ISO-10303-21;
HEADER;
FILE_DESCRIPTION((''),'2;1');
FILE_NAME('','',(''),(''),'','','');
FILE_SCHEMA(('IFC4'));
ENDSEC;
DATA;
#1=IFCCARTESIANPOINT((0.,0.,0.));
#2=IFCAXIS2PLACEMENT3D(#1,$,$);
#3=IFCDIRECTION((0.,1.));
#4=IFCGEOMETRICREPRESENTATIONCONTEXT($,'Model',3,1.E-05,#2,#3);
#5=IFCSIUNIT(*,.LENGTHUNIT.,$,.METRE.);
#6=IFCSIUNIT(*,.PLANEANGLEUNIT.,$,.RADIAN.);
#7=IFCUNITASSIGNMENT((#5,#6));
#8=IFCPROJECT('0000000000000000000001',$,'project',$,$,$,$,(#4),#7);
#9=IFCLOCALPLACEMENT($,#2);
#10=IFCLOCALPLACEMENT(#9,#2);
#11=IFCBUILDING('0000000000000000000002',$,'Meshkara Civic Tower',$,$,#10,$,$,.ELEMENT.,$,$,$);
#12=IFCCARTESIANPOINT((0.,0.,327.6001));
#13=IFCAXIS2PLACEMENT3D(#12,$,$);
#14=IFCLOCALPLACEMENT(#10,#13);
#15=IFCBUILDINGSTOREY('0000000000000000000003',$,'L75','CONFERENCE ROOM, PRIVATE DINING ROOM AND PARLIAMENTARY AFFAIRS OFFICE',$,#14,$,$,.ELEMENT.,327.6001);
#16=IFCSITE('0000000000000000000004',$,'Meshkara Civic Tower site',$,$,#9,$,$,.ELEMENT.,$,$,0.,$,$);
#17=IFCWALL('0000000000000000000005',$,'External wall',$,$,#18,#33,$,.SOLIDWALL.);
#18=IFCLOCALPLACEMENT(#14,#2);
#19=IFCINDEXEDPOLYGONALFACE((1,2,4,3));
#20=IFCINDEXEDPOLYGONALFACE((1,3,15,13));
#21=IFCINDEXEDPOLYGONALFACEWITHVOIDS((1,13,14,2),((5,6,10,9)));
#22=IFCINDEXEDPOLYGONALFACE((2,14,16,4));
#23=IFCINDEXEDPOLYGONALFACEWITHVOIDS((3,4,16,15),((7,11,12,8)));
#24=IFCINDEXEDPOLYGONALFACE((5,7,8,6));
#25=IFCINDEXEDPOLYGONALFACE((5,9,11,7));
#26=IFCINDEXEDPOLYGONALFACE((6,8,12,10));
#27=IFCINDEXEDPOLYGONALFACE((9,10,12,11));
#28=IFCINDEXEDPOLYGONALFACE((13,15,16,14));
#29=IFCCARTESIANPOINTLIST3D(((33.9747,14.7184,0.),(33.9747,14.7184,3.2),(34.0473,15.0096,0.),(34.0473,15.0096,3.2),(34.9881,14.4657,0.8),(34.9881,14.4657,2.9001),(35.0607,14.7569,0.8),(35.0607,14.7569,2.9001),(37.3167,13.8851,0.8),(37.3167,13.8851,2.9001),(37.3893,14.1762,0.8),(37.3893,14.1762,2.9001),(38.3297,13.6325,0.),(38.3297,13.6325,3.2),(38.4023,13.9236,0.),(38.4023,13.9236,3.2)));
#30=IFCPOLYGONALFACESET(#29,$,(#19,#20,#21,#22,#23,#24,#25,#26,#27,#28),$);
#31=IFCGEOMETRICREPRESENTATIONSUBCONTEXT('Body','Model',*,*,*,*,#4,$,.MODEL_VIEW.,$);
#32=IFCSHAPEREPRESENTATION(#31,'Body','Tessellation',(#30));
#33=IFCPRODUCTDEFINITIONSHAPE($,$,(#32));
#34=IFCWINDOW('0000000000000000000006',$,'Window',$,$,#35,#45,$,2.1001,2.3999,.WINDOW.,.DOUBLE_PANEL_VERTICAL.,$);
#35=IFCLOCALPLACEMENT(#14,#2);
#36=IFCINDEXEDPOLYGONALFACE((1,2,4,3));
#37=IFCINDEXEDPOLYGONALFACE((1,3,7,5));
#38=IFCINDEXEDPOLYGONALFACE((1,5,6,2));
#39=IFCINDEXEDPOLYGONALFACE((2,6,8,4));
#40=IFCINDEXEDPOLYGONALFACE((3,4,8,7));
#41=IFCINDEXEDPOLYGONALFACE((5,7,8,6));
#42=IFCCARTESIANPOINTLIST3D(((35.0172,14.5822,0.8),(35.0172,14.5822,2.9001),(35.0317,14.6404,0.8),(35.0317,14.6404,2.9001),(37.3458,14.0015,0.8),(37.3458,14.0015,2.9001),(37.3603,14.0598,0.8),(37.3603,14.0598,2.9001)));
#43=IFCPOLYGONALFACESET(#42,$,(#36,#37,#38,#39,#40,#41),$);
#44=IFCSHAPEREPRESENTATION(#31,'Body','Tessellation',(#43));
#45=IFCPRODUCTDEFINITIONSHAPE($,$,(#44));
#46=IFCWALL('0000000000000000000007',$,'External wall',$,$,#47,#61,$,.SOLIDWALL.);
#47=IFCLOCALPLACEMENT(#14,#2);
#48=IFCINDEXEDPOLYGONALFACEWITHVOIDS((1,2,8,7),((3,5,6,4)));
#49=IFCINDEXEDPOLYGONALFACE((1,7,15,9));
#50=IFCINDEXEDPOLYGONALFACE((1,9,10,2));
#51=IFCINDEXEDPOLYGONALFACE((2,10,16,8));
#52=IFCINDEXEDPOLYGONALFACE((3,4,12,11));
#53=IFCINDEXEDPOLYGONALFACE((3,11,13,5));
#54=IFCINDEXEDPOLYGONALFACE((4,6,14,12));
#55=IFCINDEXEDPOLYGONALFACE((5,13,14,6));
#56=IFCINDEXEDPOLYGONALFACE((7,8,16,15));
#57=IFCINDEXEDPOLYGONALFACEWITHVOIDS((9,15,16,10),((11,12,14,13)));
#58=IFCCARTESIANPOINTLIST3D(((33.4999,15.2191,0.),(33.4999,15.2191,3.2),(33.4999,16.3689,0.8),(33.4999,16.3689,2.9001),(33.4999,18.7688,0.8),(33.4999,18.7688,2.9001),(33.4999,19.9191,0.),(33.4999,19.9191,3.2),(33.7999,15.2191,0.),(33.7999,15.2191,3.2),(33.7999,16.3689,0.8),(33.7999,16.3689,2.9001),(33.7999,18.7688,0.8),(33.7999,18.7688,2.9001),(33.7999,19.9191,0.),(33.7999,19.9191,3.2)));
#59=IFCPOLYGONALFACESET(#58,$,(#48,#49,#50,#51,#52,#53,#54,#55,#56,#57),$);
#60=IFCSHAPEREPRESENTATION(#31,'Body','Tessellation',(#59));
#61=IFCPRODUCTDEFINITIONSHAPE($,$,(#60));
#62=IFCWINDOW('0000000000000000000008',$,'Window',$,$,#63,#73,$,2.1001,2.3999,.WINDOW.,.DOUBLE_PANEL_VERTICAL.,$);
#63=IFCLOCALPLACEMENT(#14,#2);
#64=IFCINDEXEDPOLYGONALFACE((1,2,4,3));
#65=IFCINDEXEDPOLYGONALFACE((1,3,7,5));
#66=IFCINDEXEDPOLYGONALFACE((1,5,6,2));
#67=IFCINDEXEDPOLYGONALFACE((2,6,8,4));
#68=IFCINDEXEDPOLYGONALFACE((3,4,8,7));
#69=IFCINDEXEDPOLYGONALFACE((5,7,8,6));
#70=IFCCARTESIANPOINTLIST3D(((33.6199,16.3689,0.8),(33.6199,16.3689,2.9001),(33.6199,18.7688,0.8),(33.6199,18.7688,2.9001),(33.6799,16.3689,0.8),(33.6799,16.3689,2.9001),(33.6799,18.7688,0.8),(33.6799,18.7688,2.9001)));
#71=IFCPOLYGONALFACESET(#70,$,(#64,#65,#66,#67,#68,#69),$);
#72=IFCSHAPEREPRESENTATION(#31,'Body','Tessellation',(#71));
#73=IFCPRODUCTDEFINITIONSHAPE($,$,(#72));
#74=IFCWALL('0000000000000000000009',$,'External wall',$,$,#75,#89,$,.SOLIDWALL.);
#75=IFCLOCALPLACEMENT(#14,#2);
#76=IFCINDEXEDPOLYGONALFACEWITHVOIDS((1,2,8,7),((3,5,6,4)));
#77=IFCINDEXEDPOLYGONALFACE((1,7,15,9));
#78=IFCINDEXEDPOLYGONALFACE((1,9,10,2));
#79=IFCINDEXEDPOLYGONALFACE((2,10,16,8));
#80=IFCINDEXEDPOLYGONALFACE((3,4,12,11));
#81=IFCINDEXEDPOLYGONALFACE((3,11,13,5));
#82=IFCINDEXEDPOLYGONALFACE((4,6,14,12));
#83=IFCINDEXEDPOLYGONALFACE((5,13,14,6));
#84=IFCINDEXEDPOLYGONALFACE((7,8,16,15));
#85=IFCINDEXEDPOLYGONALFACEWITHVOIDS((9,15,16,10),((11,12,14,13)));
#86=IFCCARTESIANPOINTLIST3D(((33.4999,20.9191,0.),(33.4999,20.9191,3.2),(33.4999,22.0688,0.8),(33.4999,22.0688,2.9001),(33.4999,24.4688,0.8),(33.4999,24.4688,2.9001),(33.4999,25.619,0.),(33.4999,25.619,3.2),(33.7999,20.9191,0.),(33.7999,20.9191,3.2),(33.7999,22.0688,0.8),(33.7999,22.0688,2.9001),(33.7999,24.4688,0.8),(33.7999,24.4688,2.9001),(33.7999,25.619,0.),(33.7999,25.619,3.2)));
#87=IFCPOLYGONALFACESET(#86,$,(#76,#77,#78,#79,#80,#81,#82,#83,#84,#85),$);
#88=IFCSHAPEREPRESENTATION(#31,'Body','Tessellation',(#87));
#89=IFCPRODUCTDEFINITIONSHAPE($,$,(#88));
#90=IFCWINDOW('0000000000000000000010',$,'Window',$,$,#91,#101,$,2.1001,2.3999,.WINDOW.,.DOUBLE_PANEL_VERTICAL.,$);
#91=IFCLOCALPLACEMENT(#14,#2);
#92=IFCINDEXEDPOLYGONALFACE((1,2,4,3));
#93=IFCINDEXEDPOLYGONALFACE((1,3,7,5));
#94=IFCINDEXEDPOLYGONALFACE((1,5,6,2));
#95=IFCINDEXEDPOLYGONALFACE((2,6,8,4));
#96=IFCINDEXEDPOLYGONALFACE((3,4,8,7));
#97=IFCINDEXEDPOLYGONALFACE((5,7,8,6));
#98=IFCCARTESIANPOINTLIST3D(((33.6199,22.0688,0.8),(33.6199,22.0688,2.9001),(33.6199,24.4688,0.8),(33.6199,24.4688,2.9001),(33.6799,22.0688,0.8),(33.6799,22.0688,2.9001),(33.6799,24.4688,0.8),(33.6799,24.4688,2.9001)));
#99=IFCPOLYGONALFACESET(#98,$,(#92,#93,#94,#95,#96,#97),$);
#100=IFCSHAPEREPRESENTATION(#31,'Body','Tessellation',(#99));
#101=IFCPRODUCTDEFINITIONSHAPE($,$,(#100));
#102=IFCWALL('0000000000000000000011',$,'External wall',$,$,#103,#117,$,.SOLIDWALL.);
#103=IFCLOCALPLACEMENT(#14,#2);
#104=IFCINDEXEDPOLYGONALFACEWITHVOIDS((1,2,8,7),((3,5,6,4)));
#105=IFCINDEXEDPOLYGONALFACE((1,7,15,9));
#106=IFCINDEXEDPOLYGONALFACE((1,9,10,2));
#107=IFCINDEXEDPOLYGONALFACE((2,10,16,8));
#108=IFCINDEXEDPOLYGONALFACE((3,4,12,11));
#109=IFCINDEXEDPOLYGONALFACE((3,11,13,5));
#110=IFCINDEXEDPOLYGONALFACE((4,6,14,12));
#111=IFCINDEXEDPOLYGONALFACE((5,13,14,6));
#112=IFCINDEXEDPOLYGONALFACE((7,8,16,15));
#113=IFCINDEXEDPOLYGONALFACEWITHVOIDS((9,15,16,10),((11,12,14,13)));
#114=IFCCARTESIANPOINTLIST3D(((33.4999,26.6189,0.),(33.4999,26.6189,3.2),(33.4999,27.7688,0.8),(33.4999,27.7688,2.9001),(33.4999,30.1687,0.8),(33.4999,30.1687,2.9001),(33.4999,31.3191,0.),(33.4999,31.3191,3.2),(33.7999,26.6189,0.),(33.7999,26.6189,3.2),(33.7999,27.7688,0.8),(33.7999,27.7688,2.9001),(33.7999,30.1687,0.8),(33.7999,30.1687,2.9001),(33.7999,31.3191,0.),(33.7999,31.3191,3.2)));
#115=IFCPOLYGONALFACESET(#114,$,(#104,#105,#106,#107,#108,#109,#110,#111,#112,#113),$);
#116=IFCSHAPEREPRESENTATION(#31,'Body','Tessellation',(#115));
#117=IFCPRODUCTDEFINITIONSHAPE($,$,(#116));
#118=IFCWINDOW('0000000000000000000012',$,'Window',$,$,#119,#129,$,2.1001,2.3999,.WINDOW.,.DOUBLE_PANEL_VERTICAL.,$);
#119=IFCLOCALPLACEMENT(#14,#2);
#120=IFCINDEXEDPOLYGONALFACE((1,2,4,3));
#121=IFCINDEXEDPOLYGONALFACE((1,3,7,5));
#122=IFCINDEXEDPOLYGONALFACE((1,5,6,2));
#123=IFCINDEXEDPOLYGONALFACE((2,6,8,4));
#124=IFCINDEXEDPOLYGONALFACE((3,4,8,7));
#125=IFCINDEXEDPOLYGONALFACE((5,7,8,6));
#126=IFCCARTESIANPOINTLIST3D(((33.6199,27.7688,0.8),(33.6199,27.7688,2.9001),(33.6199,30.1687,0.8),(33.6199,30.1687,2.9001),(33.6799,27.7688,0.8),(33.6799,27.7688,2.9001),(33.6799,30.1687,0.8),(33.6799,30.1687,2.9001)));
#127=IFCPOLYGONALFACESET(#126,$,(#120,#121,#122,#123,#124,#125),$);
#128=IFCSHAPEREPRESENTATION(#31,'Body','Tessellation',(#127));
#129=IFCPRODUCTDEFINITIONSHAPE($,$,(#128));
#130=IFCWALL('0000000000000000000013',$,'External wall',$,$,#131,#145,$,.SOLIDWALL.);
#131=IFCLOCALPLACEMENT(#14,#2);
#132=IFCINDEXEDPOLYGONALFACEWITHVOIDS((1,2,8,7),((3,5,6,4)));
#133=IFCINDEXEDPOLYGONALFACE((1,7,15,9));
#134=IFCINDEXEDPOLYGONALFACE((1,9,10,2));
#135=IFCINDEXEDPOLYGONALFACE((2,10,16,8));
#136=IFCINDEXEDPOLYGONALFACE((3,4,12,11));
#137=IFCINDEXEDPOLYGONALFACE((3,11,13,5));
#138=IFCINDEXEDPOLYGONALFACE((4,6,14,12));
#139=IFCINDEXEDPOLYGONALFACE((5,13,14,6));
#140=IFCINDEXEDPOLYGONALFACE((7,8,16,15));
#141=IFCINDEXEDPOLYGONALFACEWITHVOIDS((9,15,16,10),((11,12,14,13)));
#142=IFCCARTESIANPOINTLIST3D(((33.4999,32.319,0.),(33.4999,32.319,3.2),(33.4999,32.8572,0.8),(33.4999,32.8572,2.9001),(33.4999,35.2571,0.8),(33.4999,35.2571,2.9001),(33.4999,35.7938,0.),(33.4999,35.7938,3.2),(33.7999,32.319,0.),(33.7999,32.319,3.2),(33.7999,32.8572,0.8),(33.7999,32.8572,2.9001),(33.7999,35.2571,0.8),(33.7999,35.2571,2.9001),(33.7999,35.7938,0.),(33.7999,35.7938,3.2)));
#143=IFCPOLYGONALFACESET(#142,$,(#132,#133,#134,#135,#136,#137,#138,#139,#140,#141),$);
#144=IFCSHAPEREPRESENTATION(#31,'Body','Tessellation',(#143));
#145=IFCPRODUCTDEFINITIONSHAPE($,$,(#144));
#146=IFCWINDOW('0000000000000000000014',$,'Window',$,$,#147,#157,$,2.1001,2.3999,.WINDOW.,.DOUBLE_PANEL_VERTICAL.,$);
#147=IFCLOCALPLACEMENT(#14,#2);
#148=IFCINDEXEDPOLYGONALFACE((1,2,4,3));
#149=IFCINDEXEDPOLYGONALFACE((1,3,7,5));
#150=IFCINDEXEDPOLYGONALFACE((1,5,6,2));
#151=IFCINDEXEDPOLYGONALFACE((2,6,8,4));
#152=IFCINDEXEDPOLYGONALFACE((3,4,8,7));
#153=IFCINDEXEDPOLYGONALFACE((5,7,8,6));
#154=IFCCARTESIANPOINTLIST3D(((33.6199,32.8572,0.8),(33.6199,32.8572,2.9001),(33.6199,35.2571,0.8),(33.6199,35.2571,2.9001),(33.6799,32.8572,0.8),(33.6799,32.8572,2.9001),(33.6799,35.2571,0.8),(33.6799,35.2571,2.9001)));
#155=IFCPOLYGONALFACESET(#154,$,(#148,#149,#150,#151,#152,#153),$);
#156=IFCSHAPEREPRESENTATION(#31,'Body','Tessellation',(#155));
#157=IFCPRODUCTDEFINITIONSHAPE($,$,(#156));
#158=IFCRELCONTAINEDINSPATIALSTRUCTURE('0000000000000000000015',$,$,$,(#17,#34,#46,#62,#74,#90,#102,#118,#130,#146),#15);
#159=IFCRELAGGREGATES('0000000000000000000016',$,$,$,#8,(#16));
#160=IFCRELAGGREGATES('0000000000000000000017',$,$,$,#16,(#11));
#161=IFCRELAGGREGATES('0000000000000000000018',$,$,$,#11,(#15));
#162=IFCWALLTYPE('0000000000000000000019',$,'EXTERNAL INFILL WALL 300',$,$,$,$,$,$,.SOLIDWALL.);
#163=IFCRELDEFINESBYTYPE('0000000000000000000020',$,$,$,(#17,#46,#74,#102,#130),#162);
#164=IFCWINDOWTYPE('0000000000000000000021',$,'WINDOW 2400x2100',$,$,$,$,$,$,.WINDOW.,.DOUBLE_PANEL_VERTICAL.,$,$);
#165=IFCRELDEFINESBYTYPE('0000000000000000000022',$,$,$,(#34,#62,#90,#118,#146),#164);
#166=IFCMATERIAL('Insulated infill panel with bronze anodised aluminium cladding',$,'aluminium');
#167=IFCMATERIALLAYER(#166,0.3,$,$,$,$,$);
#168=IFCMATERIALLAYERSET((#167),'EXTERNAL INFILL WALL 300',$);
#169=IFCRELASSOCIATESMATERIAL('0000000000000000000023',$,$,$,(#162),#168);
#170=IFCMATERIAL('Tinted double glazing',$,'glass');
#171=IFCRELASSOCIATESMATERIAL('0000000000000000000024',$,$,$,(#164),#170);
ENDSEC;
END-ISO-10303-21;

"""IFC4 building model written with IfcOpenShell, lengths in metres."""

from ifc_helpers import new_model, si_unit, direction, frame, frame_2d, origin, place, context, subcontext, project, spatial, rectangle, extrude, material, layer, layer_set, type_object, element, fill, save


model = new_model("IFC4")

# Units and contexts
model_context = context("Model", 3, precision=1e-05, world=origin(), true_north=direction((0.0, 1.0)))
body_context = subcontext(model_context, "Body", "Model", "MODEL_VIEW")
ifc_project = project(units=[si_unit("LENGTHUNIT", "METRE"), si_unit("PLANEANGLEUNIT", "RADIAN")], contexts=[model_context])

# Site, building, storey
site_placement = place(None, origin())
site = spatial("IfcSite", under=ifc_project, at=site_placement, Name="Meshkara Civic Tower site", CompositionType="ELEMENT", RefElevation=0.0)
building_placement = place(site_placement, origin())
building = spatial("IfcBuilding", under=site, at=building_placement, Name="Meshkara Civic Tower", CompositionType="ELEMENT")
storey_placement = place(building_placement, frame((0.0, 0.0, 327.6001)))
storey = spatial("IfcBuildingStorey", under=building, at=storey_placement, Name="L75", Description="CONFERENCE ROOM, PRIVATE DINING ROOM AND PARLIAMENTARY AFFAIRS OFFICE", CompositionType="ELEMENT", Elevation=327.6001)

# Walls, openings, windows
ifc_material_1 = material(Name="Insulated infill panel with bronze anodised aluminium cladding", Category="aluminium")
ifc_layer_1 = layer(ifc_material_1, 0.3)
ifc_layer_set_1 = layer_set([ifc_layer_1], Name="EXTERNAL INFILL WALL 300")
wall_type_1 = type_object("IfcWallType", Name="EXTERNAL INFILL WALL 300", PredefinedType="SOLIDWALL", material=ifc_layer_set_1)
ifc_material_2 = material(Name="Tinted double glazing", Category="glass")
window_type = type_object("IfcWindowType", Name="WINDOW 2400x2100", PartitioningType="DOUBLE_PANEL_VERTICAL", PredefinedType="WINDOW", material=ifc_material_2)
wall_1_placement = place(storey_placement, frame((38.366, 13.7781, 0.0), z_axis=(0.0, 0.0, 1.0), x_axis=(-0.97029, 0.241947, 0.0)))
wall_1 = element("IfcWall", 1, at=wall_1_placement, inside=storey, type_object=wall_type_1, Name="External wall", PredefinedType="SOLIDWALL", context=body_context, shape_type="SweptSolid", body=[
    extrude(rectangle(XDim=4.4883, YDim=0.3, at=frame_2d((2.2441, 0.0))), origin(), (0.0, 0.0, 1.0), 3.2),
])
opening_1_placement = place(wall_1_placement, frame((1.0439, 0.0, 0.8)))
opening_1 = element("IfcOpeningElement", 2, at=opening_1_placement, cuts=wall_1, PredefinedType="OPENING", context=body_context, shape_type="SweptSolid", body=[
    extrude(rectangle(XDim=2.3999, YDim=2.1001, at=frame_2d((1.2, 1.05))), frame((0.0, 0.1599, 0.0), z_axis=(0.0, -1.0, 0.0), x_axis=(1.0, 0.0, 0.0)), (0.0, 0.0, 1.0), 0.3201),
])
window_1_placement = place(opening_1_placement, origin())
window_1 = element("IfcWindow", 3, at=window_1_placement, inside=storey, type_object=window_type, Name="Window", OverallHeight=2.1001, OverallWidth=2.3999, PartitioningType="DOUBLE_PANEL_VERTICAL", PredefinedType="WINDOW", context=body_context, shape_type="SweptSolid", body=[
    extrude(rectangle(XDim=2.3999, YDim=2.1001, at=frame_2d((1.2, 1.05))), frame((0.0, 0.03, 0.0), z_axis=(0.0, -1.0, 0.0), x_axis=(1.0, 0.0, 0.0)), (0.0, 0.0, 1.0), 0.0601),
])
fill(opening_1, window_1)
wall_2_placement = place(storey_placement, frame((33.6499, 15.219, 0.0), z_axis=(0.0, 0.0, 1.0), x_axis=(0.0, 1.0, 0.0)))
wall_2 = element("IfcWall", 4, at=wall_2_placement, inside=storey, type_object=wall_type_1, Name="External wall", PredefinedType="SOLIDWALL", context=body_context, shape_type="SweptSolid", body=[
    extrude(rectangle(XDim=4.7, YDim=0.3, at=frame_2d((2.3501, 0.0))), origin(), (0.0, 0.0, 1.0), 3.2),
])
opening_2_placement = place(wall_2_placement, frame((1.1499, 0.0, 0.8)))
opening_2 = element("IfcOpeningElement", 5, at=opening_2_placement, cuts=wall_2, PredefinedType="OPENING", context=body_context, shape_type="SweptSolid", body=[
    extrude(rectangle(XDim=2.3999, YDim=2.1001, at=frame_2d((1.2, 1.05))), frame((0.0, 0.1599, 0.0), z_axis=(0.0, -1.0, 0.0), x_axis=(1.0, 0.0, 0.0)), (0.0, 0.0, 1.0), 0.3201),
])
window_2_placement = place(opening_2_placement, origin())
window_2 = element("IfcWindow", 6, at=window_2_placement, inside=storey, type_object=window_type, Name="Window", OverallHeight=2.1001, OverallWidth=2.3999, PartitioningType="DOUBLE_PANEL_VERTICAL", PredefinedType="WINDOW", context=body_context, shape_type="SweptSolid", body=[
    extrude(rectangle(XDim=2.3999, YDim=2.1001, at=frame_2d((1.2, 1.05))), frame((0.0, 0.03, 0.0), z_axis=(0.0, -1.0, 0.0), x_axis=(1.0, 0.0, 0.0)), (0.0, 0.0, 1.0), 0.0601),
])
fill(opening_2, window_2)
wall_3_placement = place(storey_placement, frame((33.6499, 20.9189, 0.0), z_axis=(0.0, 0.0, 1.0), x_axis=(0.0, 1.0, 0.0)))
wall_3 = element("IfcWall", 7, at=wall_3_placement, inside=storey, type_object=wall_type_1, Name="External wall", PredefinedType="SOLIDWALL", context=body_context, shape_type="SweptSolid", body=[
    extrude(rectangle(XDim=4.7, YDim=0.3, at=frame_2d((2.3501, 0.0))), origin(), (0.0, 0.0, 1.0), 3.2),
])
opening_3_placement = place(wall_3_placement, frame((1.1499, 0.0, 0.8)))
opening_3 = element("IfcOpeningElement", 8, at=opening_3_placement, cuts=wall_3, PredefinedType="OPENING", context=body_context, shape_type="SweptSolid", body=[
    extrude(rectangle(XDim=2.3999, YDim=2.1001, at=frame_2d((1.2, 1.05))), frame((0.0, 0.1599, 0.0), z_axis=(0.0, -1.0, 0.0), x_axis=(1.0, 0.0, 0.0)), (0.0, 0.0, 1.0), 0.3201),
])
window_3_placement = place(opening_3_placement, origin())
window_3 = element("IfcWindow", 9, at=window_3_placement, inside=storey, type_object=window_type, Name="Window", OverallHeight=2.1001, OverallWidth=2.3999, PartitioningType="DOUBLE_PANEL_VERTICAL", PredefinedType="WINDOW", context=body_context, shape_type="SweptSolid", body=[
    extrude(rectangle(XDim=2.3999, YDim=2.1001, at=frame_2d((1.2, 1.05))), frame((0.0, 0.03, 0.0), z_axis=(0.0, -1.0, 0.0), x_axis=(1.0, 0.0, 0.0)), (0.0, 0.0, 1.0), 0.0601),
])
fill(opening_3, window_3)
wall_4_placement = place(storey_placement, frame((33.6499, 26.6189, 0.0), z_axis=(0.0, 0.0, 1.0), x_axis=(0.0, 1.0, 0.0)))
wall_4 = element("IfcWall", 10, at=wall_4_placement, inside=storey, type_object=wall_type_1, Name="External wall", PredefinedType="SOLIDWALL", context=body_context, shape_type="SweptSolid", body=[
    extrude(rectangle(XDim=4.7002, YDim=0.3, at=frame_2d((2.3501, 0.0))), origin(), (0.0, 0.0, 1.0), 3.2),
])
opening_4_placement = place(wall_4_placement, frame((1.1499, 0.0, 0.8)))
opening_4 = element("IfcOpeningElement", 11, at=opening_4_placement, cuts=wall_4, PredefinedType="OPENING", context=body_context, shape_type="SweptSolid", body=[
    extrude(rectangle(XDim=2.3999, YDim=2.1001, at=frame_2d((1.2, 1.05))), frame((0.0, 0.1599, 0.0), z_axis=(0.0, -1.0, 0.0), x_axis=(1.0, 0.0, 0.0)), (0.0, 0.0, 1.0), 0.3201),
])
window_4_placement = place(opening_4_placement, origin())
window_4 = element("IfcWindow", 12, at=window_4_placement, inside=storey, type_object=window_type, Name="Window", OverallHeight=2.1001, OverallWidth=2.3999, PartitioningType="DOUBLE_PANEL_VERTICAL", PredefinedType="WINDOW", context=body_context, shape_type="SweptSolid", body=[
    extrude(rectangle(XDim=2.3999, YDim=2.1001, at=frame_2d((1.2, 1.05))), frame((0.0, 0.03, 0.0), z_axis=(0.0, -1.0, 0.0), x_axis=(1.0, 0.0, 0.0)), (0.0, 0.0, 1.0), 0.0601),
])
fill(opening_4, window_4)
wall_5_placement = place(storey_placement, frame((33.6499, 32.3191, 0.0), z_axis=(0.0, 0.0, 1.0), x_axis=(0.0, 1.0, 0.0)))
wall_5 = element("IfcWall", 13, at=wall_5_placement, inside=storey, type_object=wall_type_1, Name="External wall", PredefinedType="SOLIDWALL", context=body_context, shape_type="SweptSolid", body=[
    extrude(rectangle(XDim=3.4749, YDim=0.3, at=frame_2d((1.7373, 0.0))), origin(), (0.0, 0.0, 1.0), 3.2),
])
opening_5_placement = place(wall_5_placement, frame((0.5381, 0.0, 0.8)))
opening_5 = element("IfcOpeningElement", 14, at=opening_5_placement, cuts=wall_5, PredefinedType="OPENING", context=body_context, shape_type="SweptSolid", body=[
    extrude(rectangle(XDim=2.3999, YDim=2.1001, at=frame_2d((1.2, 1.05))), frame((0.0, 0.1599, 0.0), z_axis=(0.0, -1.0, 0.0), x_axis=(1.0, 0.0, 0.0)), (0.0, 0.0, 1.0), 0.3201),
])
window_5_placement = place(opening_5_placement, origin())
window_5 = element("IfcWindow", 15, at=window_5_placement, inside=storey, type_object=window_type, Name="Window", OverallHeight=2.1001, OverallWidth=2.3999, PartitioningType="DOUBLE_PANEL_VERTICAL", PredefinedType="WINDOW", context=body_context, shape_type="SweptSolid", body=[
    extrude(rectangle(XDim=2.3999, YDim=2.1001, at=frame_2d((1.2, 1.05))), frame((0.0, 0.03, 0.0), z_axis=(0.0, -1.0, 0.0), x_axis=(1.0, 0.0, 0.0)), (0.0, 0.0, 1.0), 0.0601),
])
fill(opening_5, window_5)

save(model, "model.ifc")
